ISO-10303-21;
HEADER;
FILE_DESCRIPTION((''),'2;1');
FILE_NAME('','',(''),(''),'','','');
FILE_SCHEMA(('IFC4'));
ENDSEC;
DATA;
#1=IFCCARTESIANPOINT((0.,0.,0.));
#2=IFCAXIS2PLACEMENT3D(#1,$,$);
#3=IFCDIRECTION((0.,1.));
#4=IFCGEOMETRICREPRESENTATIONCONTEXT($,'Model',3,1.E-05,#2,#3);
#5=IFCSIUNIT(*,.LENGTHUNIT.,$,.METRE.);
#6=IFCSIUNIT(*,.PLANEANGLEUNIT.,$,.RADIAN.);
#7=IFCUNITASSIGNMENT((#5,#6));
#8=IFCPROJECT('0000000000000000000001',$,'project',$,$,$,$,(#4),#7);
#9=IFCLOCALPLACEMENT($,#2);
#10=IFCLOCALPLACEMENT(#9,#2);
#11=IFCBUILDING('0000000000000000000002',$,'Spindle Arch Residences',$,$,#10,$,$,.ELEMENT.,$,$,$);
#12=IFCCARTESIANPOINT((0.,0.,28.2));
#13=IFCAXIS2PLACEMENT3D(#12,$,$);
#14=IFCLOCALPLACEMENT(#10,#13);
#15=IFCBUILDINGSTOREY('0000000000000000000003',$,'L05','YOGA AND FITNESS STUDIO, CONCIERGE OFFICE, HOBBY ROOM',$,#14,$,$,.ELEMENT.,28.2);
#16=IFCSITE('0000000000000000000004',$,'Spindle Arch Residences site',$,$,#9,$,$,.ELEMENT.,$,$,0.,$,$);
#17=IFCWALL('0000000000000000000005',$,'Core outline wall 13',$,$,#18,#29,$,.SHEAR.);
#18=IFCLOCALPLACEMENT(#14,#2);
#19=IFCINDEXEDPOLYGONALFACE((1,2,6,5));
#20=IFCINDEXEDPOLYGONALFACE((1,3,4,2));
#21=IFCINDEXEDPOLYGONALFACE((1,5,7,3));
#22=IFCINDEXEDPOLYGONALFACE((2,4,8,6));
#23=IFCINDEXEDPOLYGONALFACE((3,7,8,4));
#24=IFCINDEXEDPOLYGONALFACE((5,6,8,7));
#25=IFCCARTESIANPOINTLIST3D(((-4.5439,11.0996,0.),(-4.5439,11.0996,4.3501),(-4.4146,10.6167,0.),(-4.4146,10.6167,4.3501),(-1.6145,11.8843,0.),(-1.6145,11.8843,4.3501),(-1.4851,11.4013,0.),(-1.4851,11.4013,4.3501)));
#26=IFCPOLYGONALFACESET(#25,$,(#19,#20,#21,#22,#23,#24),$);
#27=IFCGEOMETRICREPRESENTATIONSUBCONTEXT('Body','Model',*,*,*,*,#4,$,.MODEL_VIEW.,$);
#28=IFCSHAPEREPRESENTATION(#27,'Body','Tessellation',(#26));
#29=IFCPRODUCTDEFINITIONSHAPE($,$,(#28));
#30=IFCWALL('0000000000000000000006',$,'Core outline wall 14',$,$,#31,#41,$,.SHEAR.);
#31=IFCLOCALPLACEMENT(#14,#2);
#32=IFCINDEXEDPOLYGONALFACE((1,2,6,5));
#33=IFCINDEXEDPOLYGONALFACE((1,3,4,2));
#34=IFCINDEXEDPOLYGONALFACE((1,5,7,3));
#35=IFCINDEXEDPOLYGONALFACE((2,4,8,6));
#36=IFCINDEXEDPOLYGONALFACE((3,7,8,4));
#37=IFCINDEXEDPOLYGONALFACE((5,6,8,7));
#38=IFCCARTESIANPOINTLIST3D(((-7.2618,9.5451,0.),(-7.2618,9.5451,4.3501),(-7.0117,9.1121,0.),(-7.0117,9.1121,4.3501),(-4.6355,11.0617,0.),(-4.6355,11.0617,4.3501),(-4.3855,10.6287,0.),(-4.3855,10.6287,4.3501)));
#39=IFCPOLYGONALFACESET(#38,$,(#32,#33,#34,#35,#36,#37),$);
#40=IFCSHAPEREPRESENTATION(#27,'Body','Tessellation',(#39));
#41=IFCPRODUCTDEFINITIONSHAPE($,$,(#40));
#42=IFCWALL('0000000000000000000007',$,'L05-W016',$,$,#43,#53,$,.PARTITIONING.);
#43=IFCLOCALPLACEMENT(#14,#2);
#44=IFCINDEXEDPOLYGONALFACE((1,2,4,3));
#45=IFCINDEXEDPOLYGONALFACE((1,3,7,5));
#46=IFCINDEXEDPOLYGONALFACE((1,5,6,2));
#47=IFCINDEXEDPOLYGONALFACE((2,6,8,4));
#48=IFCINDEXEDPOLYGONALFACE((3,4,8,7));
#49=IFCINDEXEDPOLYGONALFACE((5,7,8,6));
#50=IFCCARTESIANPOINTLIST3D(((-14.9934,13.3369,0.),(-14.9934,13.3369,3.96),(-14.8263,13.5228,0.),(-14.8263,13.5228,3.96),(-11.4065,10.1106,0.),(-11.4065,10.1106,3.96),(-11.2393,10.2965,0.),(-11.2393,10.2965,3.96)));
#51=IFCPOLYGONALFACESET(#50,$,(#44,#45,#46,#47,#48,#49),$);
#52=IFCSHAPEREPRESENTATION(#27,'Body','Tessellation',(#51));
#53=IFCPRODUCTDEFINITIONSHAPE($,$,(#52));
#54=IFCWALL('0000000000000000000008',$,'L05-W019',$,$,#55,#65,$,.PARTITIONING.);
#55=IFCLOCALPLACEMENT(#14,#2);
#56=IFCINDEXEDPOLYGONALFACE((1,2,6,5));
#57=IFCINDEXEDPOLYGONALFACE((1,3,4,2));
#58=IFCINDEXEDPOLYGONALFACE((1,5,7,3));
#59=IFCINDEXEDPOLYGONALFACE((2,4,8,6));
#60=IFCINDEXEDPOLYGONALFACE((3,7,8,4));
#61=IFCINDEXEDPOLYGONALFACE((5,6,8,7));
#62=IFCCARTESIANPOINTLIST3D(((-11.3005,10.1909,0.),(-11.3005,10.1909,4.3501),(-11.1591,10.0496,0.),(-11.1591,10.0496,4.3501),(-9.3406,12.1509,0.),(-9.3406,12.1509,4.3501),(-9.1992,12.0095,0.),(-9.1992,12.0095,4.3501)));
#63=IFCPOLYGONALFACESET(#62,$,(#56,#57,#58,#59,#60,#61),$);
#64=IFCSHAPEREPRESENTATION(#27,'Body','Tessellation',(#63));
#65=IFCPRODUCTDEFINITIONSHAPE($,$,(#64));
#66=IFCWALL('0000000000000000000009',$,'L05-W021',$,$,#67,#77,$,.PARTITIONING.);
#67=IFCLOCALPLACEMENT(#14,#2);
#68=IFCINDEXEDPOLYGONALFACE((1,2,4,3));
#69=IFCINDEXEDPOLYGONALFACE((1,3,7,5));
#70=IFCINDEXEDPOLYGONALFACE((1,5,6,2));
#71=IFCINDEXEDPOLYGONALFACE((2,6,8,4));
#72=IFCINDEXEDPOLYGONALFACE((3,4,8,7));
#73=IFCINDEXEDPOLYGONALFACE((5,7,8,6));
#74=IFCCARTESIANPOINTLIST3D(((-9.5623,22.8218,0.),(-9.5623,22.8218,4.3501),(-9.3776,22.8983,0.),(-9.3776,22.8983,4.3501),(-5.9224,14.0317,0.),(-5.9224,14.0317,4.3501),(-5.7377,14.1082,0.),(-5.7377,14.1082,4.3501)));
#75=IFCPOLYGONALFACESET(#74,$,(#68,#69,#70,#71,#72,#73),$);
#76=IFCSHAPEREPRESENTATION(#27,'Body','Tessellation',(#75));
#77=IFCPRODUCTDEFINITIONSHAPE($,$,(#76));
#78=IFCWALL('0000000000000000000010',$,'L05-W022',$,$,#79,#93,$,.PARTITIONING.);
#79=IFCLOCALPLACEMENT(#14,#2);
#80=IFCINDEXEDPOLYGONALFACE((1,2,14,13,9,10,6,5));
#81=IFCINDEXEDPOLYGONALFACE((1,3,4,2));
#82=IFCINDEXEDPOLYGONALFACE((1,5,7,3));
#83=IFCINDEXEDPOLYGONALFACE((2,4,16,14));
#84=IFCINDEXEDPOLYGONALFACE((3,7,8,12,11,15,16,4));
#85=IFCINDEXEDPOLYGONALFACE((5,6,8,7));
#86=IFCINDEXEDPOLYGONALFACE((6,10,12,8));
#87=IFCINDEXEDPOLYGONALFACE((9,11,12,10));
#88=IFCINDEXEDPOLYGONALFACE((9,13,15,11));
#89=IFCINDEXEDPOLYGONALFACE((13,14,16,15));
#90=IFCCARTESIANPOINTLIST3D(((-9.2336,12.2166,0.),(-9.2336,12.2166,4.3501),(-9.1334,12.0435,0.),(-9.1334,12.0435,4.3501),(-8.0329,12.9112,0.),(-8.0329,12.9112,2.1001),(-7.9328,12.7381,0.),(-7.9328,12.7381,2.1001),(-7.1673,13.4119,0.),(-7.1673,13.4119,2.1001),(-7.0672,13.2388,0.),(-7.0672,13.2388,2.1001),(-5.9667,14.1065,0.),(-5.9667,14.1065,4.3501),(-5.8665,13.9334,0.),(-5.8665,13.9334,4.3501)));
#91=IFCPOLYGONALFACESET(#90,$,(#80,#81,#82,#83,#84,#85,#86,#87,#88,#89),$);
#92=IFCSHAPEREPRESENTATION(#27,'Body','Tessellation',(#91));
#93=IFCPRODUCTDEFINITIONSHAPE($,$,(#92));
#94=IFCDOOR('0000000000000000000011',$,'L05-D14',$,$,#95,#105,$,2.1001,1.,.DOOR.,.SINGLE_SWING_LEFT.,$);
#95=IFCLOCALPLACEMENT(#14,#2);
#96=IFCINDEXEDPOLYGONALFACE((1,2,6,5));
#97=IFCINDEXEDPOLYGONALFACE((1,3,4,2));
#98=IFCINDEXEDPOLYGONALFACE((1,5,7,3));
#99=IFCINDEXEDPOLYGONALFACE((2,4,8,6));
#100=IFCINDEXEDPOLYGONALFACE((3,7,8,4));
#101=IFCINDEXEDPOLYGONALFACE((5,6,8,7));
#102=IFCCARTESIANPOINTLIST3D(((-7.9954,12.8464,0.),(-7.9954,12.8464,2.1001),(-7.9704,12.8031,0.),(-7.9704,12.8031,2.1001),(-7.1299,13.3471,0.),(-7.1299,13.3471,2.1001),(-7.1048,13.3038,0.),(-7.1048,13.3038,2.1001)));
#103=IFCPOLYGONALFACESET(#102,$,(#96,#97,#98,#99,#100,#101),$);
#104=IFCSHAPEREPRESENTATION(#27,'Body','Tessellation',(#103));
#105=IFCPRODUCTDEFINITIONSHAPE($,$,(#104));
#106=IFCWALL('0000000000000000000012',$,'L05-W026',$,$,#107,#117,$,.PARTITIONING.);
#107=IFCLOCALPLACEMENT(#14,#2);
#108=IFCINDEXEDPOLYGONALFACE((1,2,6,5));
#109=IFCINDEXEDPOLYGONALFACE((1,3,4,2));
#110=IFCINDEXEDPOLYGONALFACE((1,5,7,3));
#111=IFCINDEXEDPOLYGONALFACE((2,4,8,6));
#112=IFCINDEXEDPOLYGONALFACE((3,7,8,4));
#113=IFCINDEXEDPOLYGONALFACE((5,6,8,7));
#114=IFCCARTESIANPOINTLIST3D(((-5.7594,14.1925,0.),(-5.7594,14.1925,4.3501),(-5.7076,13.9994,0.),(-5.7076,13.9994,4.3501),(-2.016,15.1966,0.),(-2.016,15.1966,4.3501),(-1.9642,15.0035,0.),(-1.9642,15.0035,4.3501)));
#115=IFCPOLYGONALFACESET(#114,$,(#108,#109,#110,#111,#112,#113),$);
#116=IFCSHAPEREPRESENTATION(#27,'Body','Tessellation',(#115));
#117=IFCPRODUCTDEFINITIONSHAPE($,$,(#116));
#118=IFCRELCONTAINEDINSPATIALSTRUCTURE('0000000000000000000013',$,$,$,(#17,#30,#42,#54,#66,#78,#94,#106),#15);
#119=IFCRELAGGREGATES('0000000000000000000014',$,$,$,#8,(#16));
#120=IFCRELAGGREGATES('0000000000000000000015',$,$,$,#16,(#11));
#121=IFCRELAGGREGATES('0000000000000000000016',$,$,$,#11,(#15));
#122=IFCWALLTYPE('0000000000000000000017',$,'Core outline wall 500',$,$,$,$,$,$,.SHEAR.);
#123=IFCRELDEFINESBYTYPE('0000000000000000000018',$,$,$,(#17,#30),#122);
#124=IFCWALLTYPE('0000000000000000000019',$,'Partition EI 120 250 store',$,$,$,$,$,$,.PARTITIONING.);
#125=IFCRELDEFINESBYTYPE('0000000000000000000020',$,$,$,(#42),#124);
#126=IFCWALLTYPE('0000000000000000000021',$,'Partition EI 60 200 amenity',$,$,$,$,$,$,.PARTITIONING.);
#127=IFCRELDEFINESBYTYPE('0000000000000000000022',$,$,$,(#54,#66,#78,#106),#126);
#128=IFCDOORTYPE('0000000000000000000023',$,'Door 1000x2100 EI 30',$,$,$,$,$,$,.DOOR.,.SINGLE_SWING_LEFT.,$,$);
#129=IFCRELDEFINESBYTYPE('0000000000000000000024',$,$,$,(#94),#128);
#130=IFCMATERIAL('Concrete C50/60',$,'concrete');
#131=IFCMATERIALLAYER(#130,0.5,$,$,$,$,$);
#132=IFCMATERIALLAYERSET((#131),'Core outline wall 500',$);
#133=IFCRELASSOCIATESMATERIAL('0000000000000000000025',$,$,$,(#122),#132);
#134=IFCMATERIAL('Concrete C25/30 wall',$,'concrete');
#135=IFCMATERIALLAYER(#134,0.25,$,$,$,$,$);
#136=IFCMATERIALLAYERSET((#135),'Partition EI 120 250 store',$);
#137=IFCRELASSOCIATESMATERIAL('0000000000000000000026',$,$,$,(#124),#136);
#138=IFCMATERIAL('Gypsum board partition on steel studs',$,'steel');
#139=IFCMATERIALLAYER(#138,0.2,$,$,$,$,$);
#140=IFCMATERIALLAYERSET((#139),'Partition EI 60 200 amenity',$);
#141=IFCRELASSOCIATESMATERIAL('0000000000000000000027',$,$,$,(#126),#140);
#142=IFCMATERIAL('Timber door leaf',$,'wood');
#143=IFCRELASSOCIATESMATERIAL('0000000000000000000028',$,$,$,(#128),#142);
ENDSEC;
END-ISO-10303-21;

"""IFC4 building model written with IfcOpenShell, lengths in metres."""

from ifc_helpers import new_model, si_unit, direction, frame, frame_2d, origin, place, context, subcontext, project, spatial, rectangle, extrude, material, layer, layer_set, type_object, element, fill, save


model = new_model("IFC4")

# Units and contexts
model_context = context("Model", 3, precision=1e-05, world=origin(), true_north=direction((0.0, 1.0)))
body_context = subcontext(model_context, "Body", "Model", "MODEL_VIEW")
ifc_project = project(units=[si_unit("LENGTHUNIT", "METRE"), si_unit("PLANEANGLEUNIT", "RADIAN")], contexts=[model_context])

# Site, building, storey
site_placement = place(None, origin())
site = spatial("IfcSite", under=ifc_project, at=site_placement, Name="Spindle Arch Residences site", CompositionType="ELEMENT", RefElevation=0.0)
building_placement = place(site_placement, origin())
building = spatial("IfcBuilding", under=site, at=building_placement, Name="Spindle Arch Residences", CompositionType="ELEMENT")
storey_placement = place(building_placement, frame((0.0, 0.0, 28.2)))
storey = spatial("IfcBuildingStorey", under=building, at=storey_placement, Name="L05", Description="YOGA AND FITNESS STUDIO, CONCIERGE OFFICE, HOBBY ROOM", CompositionType="ELEMENT", Elevation=28.2)

# Walls
ifc_material_1 = material(Name="Concrete C50/60", Category="concrete")
ifc_layer_1 = layer(ifc_material_1, 0.5)
ifc_layer_set_1 = layer_set([ifc_layer_1], Name="Core outline wall 500")
wall_type_1 = type_object("IfcWallType", Name="Core outline wall 500", PredefinedType="SHEAR", material=ifc_layer_set_1)
for number, where, z_axis, x_axis, name in (
    (1, (-1.5498, 11.6428, 0.0), (0.0, 0.0, 1.0), (-0.965948, -0.258735, 0.0), "Core outline wall 13"),
    (2, (-4.5105, 10.8452, 0.0), (0.0, 0.0, 1.0), (-0.865975, -0.500087, 0.0), "Core outline wall 14"),
):
    element("IfcWall", number, at=place(storey_placement, frame(where, z_axis=z_axis, x_axis=x_axis)), inside=storey, type_object=wall_type_1, Name=name, PredefinedType="SHEAR", context=body_context, shape_type="SweptSolid", body=[
        extrude(rectangle(XDim=3.0327, YDim=0.5, at=frame_2d((1.5164, 0.0))), origin(), (0.0, 0.0, 1.0), 4.3501),
    ])
ifc_material_2 = material(Name="Concrete C25/30 wall", Category="concrete")
ifc_layer_2 = layer(ifc_material_2, 0.25)
ifc_layer_set_2 = layer_set([ifc_layer_2], Name="Partition EI 120 250 store")
wall_type_2 = type_object("IfcWallType", Name="Partition EI 120 250 store", PredefinedType="PARTITIONING", material=ifc_layer_set_2)
wall_1_placement = place(storey_placement, frame((-11.323, 10.2036, 0.0), z_axis=(0.0, 0.0, 1.0), x_axis=(-0.74349, 0.668747, 0.0)))
element("IfcWall", 3, at=wall_1_placement, inside=storey, type_object=wall_type_2, Name="L05-W016", PredefinedType="PARTITIONING", context=body_context, shape_type="SweptSolid", body=[
    extrude(rectangle(XDim=4.8245, YDim=0.25, at=frame_2d((2.4121, 0.0))), origin(), (0.0, 0.0, 1.0), 3.96),
])
ifc_material_3 = material(Name="Gypsum board partition on steel studs", Category="steel")
ifc_layer_3 = layer(ifc_material_3, 0.2)
ifc_layer_set_3 = layer_set([ifc_layer_3], Name="Partition EI 60 200 amenity")
wall_type_3 = type_object("IfcWallType", Name="Partition EI 60 200 amenity", PredefinedType="PARTITIONING", material=ifc_layer_set_3)
wall_2_placement = place(storey_placement, frame((-9.27, 12.0801, 0.0), z_axis=(0.0, 0.0, 1.0), x_axis=(-0.707107, -0.707107, 0.0)))
element("IfcWall", 4, at=wall_2_placement, inside=storey, type_object=wall_type_3, Name="L05-W019", PredefinedType="PARTITIONING", context=body_context, shape_type="SweptSolid", body=[
    extrude(rectangle(XDim=2.7717, YDim=0.2, at=frame_2d((1.3857, 0.0))), origin(), (0.0, 0.0, 1.0), 4.3501),
])
wall_3_placement = place(storey_placement, frame((-5.8301, 14.0701, 0.0), z_axis=(0.0, 0.0, 1.0), x_axis=(-0.382588, 0.923919, 0.0)))
element("IfcWall", 5, at=wall_3_placement, inside=storey, type_object=wall_type_3, Name="L05-W021", PredefinedType="PARTITIONING", context=body_context, shape_type="SweptSolid", body=[
    extrude(rectangle(XDim=9.5139, YDim=0.2, at=frame_2d((4.7568, 0.0))), origin(), (0.0, 0.0, 1.0), 4.3501),
])

# Wall, opening, door
wall_4_placement = place(storey_placement, frame((-5.9165, 14.02, 0.0), z_axis=(0.0, 0.0, 1.0), x_axis=(-0.865592, -0.500751, 0.0)))
wall_4 = element("IfcWall", 6, at=wall_4_placement, inside=storey, type_object=wall_type_3, Name="L05-W022", PredefinedType="PARTITIONING", context=body_context, shape_type="SweptSolid", body=[
    extrude(rectangle(XDim=3.7742, YDim=0.2, at=frame_2d((1.8872, 0.0))), origin(), (0.0, 0.0, 1.0), 4.3501),
])
opening_placement = place(wall_4_placement, frame((1.3872, 0.0, 0.0)))
opening = element("IfcOpeningElement", 7, at=opening_placement, cuts=wall_4, PredefinedType="OPENING", context=body_context, shape_type="SweptSolid", body=[
    extrude(rectangle(XDim=1.0, YDim=2.1001, at=frame_2d((0.5, 1.05))), frame((0.0, 0.1099, 0.0), z_axis=(0.0, -1.0, 0.0), x_axis=(1.0, 0.0, 0.0)), (0.0, 0.0, 1.0), 0.22),
])
ifc_material_4 = material(Name="Timber door leaf", Category="wood")
door_type = type_object("IfcDoorType", Name="Door 1000x2100 EI 30", OperationType="SINGLE_SWING_LEFT", PredefinedType="DOOR", material=ifc_material_4)
door_placement = place(opening_placement, origin())
door = element("IfcDoor", 8, at=door_placement, inside=storey, type_object=door_type, Name="L05-D14", OperationType="SINGLE_SWING_LEFT", OverallHeight=2.1001, OverallWidth=1.0, PredefinedType="DOOR", context=body_context, shape_type="SweptSolid", body=[
    extrude(rectangle(XDim=1.0, YDim=2.1001, at=frame_2d((0.5, 1.05))), frame((0.0, 0.0249, 0.0), z_axis=(0.0, -1.0, 0.0), x_axis=(1.0, 0.0, 0.0)), (0.0, 0.0, 1.0), 0.05),
])
fill(opening, door)

# Wall
wall_5_placement = place(storey_placement, frame((-1.99, 15.1001, 0.0), z_axis=(0.0, 0.0, 1.0), x_axis=(-0.965854, -0.259086, 0.0)))
element("IfcWall", 9, at=wall_5_placement, inside=storey, type_object=wall_type_3, Name="L05-W026", PredefinedType="PARTITIONING", context=body_context, shape_type="SweptSolid", body=[
    extrude(rectangle(XDim=3.8757, YDim=0.2, at=frame_2d((1.938, 0.0))), origin(), (0.0, 0.0, 1.0), 4.3501),
])

save(model, "model.ifc")
